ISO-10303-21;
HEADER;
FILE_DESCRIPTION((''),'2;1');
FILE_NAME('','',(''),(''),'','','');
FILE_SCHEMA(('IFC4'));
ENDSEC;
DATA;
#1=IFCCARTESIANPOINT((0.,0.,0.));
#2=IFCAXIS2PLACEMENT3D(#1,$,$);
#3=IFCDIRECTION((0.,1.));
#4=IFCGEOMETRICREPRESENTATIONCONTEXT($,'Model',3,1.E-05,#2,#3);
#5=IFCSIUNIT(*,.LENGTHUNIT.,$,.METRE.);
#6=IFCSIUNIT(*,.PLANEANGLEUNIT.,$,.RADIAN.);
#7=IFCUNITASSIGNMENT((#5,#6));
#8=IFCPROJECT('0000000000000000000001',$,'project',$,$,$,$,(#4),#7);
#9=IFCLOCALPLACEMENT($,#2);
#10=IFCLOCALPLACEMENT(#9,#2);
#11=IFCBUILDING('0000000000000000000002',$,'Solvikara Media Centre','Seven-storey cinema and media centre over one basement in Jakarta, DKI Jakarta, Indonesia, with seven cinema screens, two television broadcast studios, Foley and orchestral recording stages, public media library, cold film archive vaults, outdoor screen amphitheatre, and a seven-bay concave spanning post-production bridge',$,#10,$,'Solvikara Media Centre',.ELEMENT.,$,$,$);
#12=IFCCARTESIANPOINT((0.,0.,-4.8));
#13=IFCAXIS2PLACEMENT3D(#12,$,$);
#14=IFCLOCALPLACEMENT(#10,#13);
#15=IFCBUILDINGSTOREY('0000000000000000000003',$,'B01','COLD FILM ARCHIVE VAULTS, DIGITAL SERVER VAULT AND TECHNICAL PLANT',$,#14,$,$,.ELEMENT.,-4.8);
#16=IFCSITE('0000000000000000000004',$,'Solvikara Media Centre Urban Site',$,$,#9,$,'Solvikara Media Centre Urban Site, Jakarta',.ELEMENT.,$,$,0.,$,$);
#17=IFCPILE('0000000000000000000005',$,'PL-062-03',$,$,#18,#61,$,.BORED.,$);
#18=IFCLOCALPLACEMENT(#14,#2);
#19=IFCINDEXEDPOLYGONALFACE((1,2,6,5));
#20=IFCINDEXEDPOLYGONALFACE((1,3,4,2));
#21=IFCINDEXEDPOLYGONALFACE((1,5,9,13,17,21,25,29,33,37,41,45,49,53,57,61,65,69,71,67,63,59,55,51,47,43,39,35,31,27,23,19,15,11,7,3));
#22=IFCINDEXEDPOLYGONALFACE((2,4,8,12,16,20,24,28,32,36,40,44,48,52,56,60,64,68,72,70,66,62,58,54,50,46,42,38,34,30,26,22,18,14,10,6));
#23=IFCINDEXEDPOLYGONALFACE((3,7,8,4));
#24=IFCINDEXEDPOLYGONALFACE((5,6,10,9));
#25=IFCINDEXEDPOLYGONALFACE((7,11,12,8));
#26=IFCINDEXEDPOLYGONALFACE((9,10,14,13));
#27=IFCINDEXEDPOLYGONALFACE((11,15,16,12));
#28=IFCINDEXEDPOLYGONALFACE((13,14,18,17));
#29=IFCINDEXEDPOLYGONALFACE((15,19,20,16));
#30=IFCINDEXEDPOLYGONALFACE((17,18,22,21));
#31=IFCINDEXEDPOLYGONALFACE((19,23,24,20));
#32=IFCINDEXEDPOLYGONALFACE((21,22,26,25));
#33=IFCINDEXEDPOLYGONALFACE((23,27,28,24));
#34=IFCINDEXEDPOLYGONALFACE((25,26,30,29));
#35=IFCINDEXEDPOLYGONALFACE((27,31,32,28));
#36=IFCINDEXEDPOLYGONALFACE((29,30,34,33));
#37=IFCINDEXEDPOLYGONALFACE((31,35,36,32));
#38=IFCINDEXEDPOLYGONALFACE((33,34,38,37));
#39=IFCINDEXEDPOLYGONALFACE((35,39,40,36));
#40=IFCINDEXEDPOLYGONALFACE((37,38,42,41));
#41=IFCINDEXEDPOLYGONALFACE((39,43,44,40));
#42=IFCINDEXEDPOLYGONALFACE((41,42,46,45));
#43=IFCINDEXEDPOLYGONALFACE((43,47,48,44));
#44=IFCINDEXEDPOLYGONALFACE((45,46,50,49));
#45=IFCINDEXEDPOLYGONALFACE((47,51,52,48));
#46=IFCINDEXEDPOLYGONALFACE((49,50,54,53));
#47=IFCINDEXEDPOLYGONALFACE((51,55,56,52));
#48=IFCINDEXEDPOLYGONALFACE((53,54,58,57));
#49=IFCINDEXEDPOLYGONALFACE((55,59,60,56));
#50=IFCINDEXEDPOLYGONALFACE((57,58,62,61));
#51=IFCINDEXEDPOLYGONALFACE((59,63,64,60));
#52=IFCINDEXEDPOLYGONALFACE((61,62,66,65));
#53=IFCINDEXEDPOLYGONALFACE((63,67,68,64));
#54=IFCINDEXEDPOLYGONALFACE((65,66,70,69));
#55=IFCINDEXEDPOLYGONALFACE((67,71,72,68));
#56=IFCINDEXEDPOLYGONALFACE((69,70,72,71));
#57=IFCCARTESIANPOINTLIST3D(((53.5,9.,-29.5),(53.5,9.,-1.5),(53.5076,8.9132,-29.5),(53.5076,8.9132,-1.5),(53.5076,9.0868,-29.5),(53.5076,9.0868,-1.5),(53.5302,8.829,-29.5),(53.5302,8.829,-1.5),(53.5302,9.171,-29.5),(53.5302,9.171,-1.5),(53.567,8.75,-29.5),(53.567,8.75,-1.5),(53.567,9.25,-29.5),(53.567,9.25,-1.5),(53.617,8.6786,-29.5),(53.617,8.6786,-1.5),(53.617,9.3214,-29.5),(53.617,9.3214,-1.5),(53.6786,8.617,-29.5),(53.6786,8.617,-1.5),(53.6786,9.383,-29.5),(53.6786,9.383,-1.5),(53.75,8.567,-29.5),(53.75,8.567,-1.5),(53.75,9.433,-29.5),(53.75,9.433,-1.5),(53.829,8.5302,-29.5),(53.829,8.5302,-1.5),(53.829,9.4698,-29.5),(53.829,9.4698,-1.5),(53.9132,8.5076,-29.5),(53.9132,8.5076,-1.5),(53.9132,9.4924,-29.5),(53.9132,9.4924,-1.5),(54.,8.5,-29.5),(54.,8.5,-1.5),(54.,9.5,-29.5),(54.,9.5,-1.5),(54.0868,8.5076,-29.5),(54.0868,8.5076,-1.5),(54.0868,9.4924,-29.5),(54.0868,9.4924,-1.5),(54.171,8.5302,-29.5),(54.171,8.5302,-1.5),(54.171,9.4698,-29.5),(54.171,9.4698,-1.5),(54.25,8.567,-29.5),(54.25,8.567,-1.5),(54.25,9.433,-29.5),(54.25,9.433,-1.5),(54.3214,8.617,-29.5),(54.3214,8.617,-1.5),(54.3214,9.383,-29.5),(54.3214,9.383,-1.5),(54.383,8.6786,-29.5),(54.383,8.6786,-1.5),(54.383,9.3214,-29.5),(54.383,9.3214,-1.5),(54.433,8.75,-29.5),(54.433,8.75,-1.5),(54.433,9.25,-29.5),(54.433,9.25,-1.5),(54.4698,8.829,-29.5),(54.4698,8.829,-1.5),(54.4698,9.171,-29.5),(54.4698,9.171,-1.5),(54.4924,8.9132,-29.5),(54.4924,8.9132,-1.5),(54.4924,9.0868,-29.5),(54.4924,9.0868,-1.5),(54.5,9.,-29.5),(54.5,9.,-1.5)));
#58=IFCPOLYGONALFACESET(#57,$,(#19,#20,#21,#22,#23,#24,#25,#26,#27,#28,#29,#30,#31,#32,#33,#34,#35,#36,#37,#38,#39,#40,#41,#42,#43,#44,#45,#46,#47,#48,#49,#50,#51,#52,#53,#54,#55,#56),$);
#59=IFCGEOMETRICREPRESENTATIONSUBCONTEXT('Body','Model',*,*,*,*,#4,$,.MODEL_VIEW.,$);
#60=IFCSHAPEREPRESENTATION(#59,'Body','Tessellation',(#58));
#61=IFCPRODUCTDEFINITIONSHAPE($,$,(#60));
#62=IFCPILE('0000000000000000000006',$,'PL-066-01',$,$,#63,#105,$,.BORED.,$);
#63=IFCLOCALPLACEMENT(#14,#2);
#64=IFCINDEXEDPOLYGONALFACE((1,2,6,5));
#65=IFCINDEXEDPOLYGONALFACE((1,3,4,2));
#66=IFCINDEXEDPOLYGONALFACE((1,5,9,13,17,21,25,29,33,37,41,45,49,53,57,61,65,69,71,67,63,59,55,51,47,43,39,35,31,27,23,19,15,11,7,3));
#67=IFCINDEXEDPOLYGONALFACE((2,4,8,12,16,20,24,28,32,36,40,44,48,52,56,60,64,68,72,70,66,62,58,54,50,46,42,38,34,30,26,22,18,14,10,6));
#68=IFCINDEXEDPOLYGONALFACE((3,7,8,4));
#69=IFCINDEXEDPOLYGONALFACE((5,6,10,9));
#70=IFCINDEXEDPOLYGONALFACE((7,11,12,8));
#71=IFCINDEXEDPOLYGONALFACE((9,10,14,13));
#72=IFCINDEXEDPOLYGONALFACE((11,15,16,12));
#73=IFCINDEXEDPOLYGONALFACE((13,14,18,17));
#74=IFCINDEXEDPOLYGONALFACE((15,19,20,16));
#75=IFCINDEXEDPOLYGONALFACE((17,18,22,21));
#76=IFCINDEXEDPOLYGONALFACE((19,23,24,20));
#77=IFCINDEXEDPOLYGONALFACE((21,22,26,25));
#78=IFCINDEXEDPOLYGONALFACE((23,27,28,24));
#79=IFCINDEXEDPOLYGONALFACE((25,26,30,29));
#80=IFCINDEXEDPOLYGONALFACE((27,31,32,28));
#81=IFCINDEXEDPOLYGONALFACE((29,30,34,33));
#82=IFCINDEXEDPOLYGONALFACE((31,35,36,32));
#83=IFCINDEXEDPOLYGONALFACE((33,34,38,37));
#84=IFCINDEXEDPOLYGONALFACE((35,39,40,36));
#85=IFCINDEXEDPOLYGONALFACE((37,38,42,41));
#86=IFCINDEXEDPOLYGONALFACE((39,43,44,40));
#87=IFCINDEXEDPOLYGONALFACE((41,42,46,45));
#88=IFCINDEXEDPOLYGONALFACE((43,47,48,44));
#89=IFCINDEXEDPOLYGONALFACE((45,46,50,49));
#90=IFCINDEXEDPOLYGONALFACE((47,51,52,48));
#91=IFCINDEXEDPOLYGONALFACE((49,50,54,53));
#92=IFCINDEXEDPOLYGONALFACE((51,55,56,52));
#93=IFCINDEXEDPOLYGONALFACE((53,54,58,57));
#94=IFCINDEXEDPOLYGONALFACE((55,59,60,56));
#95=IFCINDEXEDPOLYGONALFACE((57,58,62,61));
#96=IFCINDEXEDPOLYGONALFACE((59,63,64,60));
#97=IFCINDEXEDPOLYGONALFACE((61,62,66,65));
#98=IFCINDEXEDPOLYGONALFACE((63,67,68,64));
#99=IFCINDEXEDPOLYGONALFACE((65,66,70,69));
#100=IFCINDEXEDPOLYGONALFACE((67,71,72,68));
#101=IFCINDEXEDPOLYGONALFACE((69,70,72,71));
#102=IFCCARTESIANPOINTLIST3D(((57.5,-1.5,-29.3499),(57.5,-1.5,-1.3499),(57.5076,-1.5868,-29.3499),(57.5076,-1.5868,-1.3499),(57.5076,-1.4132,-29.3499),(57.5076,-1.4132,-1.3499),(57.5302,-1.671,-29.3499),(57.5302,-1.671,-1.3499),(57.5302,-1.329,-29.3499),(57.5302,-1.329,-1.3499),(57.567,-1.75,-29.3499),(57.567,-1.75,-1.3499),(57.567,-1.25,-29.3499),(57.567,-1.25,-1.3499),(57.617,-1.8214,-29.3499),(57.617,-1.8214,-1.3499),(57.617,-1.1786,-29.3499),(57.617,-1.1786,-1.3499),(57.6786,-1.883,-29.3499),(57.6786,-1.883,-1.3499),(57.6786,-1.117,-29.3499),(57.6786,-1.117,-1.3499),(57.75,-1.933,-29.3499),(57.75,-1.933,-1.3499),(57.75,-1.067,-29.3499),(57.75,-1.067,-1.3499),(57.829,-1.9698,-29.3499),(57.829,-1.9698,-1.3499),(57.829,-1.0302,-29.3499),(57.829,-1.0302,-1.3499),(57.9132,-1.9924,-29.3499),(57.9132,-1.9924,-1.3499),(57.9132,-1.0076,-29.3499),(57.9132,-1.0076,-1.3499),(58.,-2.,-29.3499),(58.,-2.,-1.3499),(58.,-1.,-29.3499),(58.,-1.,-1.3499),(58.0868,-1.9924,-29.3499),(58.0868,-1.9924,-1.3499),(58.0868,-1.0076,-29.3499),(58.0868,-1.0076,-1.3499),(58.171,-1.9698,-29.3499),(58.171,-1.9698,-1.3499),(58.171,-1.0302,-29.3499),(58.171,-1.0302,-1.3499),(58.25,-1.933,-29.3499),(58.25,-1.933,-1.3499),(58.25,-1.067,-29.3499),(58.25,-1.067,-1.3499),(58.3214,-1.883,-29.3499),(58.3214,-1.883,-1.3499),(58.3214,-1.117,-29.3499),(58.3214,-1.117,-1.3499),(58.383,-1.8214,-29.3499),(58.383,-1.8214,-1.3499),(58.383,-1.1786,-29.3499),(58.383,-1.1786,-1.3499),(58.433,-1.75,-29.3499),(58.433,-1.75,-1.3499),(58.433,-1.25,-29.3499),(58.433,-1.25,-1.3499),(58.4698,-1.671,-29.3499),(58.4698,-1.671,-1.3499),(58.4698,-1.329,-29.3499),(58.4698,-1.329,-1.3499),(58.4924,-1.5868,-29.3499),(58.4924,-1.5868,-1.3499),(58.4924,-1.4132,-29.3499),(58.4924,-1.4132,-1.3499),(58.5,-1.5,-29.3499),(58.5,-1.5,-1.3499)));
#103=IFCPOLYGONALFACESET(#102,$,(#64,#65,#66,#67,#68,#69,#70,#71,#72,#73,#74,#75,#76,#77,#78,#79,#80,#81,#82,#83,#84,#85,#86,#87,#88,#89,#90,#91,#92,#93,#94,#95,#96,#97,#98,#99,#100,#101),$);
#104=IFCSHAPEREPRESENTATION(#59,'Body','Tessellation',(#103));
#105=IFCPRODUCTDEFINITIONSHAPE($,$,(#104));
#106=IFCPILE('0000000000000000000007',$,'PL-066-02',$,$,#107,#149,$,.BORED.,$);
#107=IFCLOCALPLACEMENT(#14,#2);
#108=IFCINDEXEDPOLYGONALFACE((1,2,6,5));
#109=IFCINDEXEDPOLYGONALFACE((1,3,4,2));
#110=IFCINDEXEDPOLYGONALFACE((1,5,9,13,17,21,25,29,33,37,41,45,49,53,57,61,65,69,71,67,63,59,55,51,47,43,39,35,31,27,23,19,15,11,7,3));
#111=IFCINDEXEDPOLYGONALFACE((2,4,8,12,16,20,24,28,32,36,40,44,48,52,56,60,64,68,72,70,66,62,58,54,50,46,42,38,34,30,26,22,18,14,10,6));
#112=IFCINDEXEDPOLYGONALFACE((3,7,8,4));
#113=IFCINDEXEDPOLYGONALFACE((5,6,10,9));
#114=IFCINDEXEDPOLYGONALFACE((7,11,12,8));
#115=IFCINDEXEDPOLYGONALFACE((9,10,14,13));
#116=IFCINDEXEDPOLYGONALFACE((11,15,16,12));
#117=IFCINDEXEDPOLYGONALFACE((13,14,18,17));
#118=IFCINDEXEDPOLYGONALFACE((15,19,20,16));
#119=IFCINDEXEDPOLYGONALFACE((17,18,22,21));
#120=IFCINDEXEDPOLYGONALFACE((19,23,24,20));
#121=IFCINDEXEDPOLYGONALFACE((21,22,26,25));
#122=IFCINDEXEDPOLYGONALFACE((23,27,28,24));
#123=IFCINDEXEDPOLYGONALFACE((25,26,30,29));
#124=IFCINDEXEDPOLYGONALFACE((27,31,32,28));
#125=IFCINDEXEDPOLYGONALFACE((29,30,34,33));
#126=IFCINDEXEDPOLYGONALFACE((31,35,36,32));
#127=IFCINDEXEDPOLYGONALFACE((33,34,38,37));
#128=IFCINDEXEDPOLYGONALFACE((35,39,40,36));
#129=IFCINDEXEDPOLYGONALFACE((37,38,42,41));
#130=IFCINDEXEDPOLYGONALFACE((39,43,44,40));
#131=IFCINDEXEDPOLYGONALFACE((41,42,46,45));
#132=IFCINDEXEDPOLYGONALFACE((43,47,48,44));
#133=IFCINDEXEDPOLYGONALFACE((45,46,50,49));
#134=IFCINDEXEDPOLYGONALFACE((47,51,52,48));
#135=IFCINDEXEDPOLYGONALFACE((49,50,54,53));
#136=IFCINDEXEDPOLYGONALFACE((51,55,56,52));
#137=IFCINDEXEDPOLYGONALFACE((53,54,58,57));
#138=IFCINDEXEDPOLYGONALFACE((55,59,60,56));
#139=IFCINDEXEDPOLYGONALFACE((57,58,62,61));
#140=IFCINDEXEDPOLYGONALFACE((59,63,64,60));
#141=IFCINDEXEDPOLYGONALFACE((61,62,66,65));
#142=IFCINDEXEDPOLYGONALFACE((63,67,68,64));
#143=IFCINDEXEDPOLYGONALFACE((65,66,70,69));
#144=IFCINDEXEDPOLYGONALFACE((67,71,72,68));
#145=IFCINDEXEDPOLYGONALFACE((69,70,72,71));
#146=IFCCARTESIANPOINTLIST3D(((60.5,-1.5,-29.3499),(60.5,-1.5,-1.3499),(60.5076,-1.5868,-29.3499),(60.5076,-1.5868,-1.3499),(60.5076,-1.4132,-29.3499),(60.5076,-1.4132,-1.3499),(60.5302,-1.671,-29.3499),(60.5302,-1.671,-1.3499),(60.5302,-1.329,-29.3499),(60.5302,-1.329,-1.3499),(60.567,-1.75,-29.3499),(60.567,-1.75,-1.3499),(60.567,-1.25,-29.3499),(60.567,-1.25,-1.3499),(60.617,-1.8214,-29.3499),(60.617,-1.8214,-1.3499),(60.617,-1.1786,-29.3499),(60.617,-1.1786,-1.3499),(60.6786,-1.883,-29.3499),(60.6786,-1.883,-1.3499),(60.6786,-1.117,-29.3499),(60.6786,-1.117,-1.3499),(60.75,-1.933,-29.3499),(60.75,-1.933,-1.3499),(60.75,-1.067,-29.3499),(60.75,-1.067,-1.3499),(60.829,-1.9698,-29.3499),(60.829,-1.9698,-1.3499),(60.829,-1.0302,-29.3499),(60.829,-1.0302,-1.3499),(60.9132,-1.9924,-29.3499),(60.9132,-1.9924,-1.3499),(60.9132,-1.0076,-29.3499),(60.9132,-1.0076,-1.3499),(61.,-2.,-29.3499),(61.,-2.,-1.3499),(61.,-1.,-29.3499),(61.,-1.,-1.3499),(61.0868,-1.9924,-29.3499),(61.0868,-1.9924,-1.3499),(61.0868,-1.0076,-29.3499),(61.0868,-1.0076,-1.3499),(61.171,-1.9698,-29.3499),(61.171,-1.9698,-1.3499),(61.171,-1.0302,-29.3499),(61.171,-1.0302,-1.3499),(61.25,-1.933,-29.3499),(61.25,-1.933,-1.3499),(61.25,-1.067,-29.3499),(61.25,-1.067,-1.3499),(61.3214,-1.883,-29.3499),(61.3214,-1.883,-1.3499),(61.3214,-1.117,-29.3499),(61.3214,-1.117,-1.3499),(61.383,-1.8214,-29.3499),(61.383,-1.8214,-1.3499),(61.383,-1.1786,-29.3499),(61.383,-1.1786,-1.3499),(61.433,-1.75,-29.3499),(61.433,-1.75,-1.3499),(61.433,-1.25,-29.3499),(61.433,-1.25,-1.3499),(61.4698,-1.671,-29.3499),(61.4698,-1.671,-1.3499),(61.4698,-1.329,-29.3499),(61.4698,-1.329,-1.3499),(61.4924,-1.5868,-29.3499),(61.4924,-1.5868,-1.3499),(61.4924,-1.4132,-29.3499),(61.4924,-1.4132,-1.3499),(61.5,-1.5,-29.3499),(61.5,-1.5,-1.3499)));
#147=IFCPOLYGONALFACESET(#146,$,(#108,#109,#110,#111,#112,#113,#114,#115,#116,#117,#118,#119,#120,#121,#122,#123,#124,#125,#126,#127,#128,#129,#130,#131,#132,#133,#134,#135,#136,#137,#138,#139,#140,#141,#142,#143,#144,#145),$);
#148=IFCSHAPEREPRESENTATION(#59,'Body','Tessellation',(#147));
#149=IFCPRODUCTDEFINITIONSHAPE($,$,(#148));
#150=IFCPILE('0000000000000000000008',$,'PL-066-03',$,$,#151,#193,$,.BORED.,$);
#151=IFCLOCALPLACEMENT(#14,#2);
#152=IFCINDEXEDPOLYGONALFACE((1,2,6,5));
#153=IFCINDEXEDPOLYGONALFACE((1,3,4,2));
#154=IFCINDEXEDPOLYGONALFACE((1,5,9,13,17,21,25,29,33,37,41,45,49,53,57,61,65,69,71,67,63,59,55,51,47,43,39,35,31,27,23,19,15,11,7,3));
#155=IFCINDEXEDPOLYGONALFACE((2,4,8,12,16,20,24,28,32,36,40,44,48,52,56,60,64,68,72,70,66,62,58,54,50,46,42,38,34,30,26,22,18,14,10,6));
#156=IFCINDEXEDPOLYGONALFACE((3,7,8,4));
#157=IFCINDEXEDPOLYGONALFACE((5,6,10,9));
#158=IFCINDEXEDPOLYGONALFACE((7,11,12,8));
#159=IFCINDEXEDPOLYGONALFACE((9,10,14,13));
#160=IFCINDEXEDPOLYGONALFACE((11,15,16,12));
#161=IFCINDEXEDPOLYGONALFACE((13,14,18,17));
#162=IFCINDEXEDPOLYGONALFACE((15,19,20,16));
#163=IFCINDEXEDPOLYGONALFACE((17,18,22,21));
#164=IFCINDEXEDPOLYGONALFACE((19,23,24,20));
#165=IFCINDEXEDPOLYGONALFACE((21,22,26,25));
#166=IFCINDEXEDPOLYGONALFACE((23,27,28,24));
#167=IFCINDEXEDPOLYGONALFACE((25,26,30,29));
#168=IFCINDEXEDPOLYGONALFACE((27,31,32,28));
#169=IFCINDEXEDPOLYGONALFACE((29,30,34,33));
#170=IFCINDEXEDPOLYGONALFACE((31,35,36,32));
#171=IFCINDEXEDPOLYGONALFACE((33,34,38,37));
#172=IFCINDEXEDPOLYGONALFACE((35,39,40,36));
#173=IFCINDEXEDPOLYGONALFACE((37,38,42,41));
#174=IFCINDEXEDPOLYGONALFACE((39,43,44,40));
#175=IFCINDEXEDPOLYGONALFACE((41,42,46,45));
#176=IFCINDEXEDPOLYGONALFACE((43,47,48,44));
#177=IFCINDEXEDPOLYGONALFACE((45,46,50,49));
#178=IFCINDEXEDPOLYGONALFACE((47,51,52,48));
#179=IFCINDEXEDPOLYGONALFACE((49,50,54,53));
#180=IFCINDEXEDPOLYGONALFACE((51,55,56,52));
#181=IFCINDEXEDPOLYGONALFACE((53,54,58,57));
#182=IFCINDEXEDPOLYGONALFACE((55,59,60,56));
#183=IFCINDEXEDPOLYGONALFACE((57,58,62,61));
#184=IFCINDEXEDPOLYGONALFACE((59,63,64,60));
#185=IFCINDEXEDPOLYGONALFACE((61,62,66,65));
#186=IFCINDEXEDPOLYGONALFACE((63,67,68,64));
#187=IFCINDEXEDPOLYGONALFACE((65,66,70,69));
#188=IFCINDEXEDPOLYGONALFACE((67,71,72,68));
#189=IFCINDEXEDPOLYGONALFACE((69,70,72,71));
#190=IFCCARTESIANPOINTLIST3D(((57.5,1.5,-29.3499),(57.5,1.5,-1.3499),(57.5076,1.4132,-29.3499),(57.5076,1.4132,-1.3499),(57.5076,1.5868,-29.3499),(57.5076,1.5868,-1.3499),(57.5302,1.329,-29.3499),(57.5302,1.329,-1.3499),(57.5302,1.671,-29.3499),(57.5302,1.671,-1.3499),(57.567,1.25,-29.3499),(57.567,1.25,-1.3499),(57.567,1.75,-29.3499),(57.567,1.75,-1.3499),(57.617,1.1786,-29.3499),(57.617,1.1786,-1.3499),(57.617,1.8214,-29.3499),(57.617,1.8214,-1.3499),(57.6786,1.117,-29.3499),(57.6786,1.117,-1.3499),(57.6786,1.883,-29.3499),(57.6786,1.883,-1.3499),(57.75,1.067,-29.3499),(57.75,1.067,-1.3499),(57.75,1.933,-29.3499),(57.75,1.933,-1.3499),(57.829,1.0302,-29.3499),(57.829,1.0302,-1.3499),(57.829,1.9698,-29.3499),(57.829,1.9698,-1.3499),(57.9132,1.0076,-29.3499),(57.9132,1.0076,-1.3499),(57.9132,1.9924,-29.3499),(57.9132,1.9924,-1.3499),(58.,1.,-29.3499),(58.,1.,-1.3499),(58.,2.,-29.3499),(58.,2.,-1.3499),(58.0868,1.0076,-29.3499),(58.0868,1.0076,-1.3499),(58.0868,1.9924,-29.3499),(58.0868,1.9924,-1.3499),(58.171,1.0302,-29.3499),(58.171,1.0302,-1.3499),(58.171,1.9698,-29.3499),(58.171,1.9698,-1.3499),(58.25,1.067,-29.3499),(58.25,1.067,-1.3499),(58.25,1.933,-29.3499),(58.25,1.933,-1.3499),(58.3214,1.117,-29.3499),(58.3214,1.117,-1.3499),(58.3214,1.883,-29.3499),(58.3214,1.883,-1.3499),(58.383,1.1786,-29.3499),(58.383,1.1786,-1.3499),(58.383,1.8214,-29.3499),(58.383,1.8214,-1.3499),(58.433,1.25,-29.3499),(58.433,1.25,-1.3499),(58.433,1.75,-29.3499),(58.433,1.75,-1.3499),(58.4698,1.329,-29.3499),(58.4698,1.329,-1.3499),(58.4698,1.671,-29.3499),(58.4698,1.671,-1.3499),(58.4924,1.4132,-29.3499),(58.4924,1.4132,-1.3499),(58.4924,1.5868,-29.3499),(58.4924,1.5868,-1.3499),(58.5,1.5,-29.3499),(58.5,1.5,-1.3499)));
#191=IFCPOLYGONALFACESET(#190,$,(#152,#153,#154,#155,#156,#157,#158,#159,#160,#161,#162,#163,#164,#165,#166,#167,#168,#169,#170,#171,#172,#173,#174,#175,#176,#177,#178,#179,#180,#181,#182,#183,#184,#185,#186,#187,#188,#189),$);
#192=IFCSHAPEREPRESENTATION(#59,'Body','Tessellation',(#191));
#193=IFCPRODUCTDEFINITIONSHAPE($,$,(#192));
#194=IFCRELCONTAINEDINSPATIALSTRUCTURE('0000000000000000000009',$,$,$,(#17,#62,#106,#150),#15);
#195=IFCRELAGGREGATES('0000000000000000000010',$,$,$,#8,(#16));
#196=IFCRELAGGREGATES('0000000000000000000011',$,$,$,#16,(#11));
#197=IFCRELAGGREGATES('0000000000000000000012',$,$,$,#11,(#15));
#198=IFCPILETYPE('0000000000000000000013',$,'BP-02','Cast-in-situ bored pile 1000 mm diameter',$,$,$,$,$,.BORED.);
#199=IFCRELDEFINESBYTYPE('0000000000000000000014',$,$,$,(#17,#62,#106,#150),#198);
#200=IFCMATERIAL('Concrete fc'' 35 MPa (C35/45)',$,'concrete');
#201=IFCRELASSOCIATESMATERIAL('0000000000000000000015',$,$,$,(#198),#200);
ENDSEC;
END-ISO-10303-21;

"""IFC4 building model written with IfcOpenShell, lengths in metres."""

from ifc_helpers import new_model, si_unit, direction, frame, origin, origin_2d, place, context, subcontext, project, spatial, circle, extrude, material, material_profile, profile_set, type_object, element, save


model = new_model("IFC4")

# Units and contexts
model_context = context("Model", 3, precision=1e-05, world=origin(), true_north=direction((0.0, 1.0)))
body_context = subcontext(model_context, "Body", "Model", "MODEL_VIEW")
ifc_project = project(units=[si_unit("LENGTHUNIT", "METRE"), si_unit("PLANEANGLEUNIT", "RADIAN")], contexts=[model_context])

# Site, building, storey
site_placement = place(None, origin())
site = spatial("IfcSite", under=ifc_project, at=site_placement, Name="Solvikara Media Centre Urban Site", LongName="Solvikara Media Centre Urban Site, Jakarta", CompositionType="ELEMENT", RefElevation=0.0)
building_placement = place(site_placement, origin())
building = spatial("IfcBuilding", under=site, at=building_placement, Name="Solvikara Media Centre", Description="Seven-storey cinema and media centre over one basement in Jakarta, DKI Jakarta, Indonesia, with seven cinema screens, two television broadcast studios, Foley and orchestral recording stages, public media library, cold film archive vaults, outdoor screen amphitheatre, and a seven-bay concave spanning post-production bridge", LongName="Solvikara Media Centre", CompositionType="ELEMENT")
storey_placement = place(building_placement, frame((0.0, 0.0, -4.8)))
storey = spatial("IfcBuildingStorey", under=building, at=storey_placement, Name="B01", Description="COLD FILM ARCHIVE VAULTS, DIGITAL SERVER VAULT AND TECHNICAL PLANT", CompositionType="ELEMENT", Elevation=-4.8)

# Piles
ifc_material_1 = material(Name="Concrete fc' 35 MPa (C35/45)", Category="concrete")
ifc_material_profile_1 = material_profile(ifc_material_1, circle(Radius=0.5, at=origin_2d()), Name="BORED PILE D1000")
ifc_profile_set_1 = profile_set([ifc_material_profile_1], Name="Concrete fc' 35 MPa (C35/45)")
pile_type_1 = type_object("IfcPileType", Name="BP-02", Description="Cast-in-situ bored pile 1000 mm diameter", PredefinedType="BORED", material=ifc_profile_set_1)
for number, where, z_axis, x_axis, name in (
    (1, (54.0, 9.0, -1.5), (0.0, 0.0, -1.0), (1.0, 0.0, 0.0), "PL-062-03"),
    (2, (58.0, -1.5, -1.3499), (0.0, 0.0, -1.0), (1.0, 0.0, 0.0), "PL-066-01"),
    (3, (61.0, -1.5, -1.3499), (0.0, 0.0, -1.0), (1.0, 0.0, 0.0), "PL-066-02"),
    (4, (58.0, 1.5, -1.3499), (0.0, 0.0, -1.0), (1.0, 0.0, 0.0), "PL-066-03"),
):
    element("IfcPile", number, at=place(storey_placement, frame(where, z_axis=z_axis, x_axis=x_axis)), inside=storey, type_object=pile_type_1, Name=name, PredefinedType="BORED", context=body_context, shape_type="SweptSolid", body=[
        extrude(circle(Radius=0.5, at=origin_2d()), origin(), (0.0, 0.0, 1.0), 28.0),
    ])

save(model, "model.ifc")
